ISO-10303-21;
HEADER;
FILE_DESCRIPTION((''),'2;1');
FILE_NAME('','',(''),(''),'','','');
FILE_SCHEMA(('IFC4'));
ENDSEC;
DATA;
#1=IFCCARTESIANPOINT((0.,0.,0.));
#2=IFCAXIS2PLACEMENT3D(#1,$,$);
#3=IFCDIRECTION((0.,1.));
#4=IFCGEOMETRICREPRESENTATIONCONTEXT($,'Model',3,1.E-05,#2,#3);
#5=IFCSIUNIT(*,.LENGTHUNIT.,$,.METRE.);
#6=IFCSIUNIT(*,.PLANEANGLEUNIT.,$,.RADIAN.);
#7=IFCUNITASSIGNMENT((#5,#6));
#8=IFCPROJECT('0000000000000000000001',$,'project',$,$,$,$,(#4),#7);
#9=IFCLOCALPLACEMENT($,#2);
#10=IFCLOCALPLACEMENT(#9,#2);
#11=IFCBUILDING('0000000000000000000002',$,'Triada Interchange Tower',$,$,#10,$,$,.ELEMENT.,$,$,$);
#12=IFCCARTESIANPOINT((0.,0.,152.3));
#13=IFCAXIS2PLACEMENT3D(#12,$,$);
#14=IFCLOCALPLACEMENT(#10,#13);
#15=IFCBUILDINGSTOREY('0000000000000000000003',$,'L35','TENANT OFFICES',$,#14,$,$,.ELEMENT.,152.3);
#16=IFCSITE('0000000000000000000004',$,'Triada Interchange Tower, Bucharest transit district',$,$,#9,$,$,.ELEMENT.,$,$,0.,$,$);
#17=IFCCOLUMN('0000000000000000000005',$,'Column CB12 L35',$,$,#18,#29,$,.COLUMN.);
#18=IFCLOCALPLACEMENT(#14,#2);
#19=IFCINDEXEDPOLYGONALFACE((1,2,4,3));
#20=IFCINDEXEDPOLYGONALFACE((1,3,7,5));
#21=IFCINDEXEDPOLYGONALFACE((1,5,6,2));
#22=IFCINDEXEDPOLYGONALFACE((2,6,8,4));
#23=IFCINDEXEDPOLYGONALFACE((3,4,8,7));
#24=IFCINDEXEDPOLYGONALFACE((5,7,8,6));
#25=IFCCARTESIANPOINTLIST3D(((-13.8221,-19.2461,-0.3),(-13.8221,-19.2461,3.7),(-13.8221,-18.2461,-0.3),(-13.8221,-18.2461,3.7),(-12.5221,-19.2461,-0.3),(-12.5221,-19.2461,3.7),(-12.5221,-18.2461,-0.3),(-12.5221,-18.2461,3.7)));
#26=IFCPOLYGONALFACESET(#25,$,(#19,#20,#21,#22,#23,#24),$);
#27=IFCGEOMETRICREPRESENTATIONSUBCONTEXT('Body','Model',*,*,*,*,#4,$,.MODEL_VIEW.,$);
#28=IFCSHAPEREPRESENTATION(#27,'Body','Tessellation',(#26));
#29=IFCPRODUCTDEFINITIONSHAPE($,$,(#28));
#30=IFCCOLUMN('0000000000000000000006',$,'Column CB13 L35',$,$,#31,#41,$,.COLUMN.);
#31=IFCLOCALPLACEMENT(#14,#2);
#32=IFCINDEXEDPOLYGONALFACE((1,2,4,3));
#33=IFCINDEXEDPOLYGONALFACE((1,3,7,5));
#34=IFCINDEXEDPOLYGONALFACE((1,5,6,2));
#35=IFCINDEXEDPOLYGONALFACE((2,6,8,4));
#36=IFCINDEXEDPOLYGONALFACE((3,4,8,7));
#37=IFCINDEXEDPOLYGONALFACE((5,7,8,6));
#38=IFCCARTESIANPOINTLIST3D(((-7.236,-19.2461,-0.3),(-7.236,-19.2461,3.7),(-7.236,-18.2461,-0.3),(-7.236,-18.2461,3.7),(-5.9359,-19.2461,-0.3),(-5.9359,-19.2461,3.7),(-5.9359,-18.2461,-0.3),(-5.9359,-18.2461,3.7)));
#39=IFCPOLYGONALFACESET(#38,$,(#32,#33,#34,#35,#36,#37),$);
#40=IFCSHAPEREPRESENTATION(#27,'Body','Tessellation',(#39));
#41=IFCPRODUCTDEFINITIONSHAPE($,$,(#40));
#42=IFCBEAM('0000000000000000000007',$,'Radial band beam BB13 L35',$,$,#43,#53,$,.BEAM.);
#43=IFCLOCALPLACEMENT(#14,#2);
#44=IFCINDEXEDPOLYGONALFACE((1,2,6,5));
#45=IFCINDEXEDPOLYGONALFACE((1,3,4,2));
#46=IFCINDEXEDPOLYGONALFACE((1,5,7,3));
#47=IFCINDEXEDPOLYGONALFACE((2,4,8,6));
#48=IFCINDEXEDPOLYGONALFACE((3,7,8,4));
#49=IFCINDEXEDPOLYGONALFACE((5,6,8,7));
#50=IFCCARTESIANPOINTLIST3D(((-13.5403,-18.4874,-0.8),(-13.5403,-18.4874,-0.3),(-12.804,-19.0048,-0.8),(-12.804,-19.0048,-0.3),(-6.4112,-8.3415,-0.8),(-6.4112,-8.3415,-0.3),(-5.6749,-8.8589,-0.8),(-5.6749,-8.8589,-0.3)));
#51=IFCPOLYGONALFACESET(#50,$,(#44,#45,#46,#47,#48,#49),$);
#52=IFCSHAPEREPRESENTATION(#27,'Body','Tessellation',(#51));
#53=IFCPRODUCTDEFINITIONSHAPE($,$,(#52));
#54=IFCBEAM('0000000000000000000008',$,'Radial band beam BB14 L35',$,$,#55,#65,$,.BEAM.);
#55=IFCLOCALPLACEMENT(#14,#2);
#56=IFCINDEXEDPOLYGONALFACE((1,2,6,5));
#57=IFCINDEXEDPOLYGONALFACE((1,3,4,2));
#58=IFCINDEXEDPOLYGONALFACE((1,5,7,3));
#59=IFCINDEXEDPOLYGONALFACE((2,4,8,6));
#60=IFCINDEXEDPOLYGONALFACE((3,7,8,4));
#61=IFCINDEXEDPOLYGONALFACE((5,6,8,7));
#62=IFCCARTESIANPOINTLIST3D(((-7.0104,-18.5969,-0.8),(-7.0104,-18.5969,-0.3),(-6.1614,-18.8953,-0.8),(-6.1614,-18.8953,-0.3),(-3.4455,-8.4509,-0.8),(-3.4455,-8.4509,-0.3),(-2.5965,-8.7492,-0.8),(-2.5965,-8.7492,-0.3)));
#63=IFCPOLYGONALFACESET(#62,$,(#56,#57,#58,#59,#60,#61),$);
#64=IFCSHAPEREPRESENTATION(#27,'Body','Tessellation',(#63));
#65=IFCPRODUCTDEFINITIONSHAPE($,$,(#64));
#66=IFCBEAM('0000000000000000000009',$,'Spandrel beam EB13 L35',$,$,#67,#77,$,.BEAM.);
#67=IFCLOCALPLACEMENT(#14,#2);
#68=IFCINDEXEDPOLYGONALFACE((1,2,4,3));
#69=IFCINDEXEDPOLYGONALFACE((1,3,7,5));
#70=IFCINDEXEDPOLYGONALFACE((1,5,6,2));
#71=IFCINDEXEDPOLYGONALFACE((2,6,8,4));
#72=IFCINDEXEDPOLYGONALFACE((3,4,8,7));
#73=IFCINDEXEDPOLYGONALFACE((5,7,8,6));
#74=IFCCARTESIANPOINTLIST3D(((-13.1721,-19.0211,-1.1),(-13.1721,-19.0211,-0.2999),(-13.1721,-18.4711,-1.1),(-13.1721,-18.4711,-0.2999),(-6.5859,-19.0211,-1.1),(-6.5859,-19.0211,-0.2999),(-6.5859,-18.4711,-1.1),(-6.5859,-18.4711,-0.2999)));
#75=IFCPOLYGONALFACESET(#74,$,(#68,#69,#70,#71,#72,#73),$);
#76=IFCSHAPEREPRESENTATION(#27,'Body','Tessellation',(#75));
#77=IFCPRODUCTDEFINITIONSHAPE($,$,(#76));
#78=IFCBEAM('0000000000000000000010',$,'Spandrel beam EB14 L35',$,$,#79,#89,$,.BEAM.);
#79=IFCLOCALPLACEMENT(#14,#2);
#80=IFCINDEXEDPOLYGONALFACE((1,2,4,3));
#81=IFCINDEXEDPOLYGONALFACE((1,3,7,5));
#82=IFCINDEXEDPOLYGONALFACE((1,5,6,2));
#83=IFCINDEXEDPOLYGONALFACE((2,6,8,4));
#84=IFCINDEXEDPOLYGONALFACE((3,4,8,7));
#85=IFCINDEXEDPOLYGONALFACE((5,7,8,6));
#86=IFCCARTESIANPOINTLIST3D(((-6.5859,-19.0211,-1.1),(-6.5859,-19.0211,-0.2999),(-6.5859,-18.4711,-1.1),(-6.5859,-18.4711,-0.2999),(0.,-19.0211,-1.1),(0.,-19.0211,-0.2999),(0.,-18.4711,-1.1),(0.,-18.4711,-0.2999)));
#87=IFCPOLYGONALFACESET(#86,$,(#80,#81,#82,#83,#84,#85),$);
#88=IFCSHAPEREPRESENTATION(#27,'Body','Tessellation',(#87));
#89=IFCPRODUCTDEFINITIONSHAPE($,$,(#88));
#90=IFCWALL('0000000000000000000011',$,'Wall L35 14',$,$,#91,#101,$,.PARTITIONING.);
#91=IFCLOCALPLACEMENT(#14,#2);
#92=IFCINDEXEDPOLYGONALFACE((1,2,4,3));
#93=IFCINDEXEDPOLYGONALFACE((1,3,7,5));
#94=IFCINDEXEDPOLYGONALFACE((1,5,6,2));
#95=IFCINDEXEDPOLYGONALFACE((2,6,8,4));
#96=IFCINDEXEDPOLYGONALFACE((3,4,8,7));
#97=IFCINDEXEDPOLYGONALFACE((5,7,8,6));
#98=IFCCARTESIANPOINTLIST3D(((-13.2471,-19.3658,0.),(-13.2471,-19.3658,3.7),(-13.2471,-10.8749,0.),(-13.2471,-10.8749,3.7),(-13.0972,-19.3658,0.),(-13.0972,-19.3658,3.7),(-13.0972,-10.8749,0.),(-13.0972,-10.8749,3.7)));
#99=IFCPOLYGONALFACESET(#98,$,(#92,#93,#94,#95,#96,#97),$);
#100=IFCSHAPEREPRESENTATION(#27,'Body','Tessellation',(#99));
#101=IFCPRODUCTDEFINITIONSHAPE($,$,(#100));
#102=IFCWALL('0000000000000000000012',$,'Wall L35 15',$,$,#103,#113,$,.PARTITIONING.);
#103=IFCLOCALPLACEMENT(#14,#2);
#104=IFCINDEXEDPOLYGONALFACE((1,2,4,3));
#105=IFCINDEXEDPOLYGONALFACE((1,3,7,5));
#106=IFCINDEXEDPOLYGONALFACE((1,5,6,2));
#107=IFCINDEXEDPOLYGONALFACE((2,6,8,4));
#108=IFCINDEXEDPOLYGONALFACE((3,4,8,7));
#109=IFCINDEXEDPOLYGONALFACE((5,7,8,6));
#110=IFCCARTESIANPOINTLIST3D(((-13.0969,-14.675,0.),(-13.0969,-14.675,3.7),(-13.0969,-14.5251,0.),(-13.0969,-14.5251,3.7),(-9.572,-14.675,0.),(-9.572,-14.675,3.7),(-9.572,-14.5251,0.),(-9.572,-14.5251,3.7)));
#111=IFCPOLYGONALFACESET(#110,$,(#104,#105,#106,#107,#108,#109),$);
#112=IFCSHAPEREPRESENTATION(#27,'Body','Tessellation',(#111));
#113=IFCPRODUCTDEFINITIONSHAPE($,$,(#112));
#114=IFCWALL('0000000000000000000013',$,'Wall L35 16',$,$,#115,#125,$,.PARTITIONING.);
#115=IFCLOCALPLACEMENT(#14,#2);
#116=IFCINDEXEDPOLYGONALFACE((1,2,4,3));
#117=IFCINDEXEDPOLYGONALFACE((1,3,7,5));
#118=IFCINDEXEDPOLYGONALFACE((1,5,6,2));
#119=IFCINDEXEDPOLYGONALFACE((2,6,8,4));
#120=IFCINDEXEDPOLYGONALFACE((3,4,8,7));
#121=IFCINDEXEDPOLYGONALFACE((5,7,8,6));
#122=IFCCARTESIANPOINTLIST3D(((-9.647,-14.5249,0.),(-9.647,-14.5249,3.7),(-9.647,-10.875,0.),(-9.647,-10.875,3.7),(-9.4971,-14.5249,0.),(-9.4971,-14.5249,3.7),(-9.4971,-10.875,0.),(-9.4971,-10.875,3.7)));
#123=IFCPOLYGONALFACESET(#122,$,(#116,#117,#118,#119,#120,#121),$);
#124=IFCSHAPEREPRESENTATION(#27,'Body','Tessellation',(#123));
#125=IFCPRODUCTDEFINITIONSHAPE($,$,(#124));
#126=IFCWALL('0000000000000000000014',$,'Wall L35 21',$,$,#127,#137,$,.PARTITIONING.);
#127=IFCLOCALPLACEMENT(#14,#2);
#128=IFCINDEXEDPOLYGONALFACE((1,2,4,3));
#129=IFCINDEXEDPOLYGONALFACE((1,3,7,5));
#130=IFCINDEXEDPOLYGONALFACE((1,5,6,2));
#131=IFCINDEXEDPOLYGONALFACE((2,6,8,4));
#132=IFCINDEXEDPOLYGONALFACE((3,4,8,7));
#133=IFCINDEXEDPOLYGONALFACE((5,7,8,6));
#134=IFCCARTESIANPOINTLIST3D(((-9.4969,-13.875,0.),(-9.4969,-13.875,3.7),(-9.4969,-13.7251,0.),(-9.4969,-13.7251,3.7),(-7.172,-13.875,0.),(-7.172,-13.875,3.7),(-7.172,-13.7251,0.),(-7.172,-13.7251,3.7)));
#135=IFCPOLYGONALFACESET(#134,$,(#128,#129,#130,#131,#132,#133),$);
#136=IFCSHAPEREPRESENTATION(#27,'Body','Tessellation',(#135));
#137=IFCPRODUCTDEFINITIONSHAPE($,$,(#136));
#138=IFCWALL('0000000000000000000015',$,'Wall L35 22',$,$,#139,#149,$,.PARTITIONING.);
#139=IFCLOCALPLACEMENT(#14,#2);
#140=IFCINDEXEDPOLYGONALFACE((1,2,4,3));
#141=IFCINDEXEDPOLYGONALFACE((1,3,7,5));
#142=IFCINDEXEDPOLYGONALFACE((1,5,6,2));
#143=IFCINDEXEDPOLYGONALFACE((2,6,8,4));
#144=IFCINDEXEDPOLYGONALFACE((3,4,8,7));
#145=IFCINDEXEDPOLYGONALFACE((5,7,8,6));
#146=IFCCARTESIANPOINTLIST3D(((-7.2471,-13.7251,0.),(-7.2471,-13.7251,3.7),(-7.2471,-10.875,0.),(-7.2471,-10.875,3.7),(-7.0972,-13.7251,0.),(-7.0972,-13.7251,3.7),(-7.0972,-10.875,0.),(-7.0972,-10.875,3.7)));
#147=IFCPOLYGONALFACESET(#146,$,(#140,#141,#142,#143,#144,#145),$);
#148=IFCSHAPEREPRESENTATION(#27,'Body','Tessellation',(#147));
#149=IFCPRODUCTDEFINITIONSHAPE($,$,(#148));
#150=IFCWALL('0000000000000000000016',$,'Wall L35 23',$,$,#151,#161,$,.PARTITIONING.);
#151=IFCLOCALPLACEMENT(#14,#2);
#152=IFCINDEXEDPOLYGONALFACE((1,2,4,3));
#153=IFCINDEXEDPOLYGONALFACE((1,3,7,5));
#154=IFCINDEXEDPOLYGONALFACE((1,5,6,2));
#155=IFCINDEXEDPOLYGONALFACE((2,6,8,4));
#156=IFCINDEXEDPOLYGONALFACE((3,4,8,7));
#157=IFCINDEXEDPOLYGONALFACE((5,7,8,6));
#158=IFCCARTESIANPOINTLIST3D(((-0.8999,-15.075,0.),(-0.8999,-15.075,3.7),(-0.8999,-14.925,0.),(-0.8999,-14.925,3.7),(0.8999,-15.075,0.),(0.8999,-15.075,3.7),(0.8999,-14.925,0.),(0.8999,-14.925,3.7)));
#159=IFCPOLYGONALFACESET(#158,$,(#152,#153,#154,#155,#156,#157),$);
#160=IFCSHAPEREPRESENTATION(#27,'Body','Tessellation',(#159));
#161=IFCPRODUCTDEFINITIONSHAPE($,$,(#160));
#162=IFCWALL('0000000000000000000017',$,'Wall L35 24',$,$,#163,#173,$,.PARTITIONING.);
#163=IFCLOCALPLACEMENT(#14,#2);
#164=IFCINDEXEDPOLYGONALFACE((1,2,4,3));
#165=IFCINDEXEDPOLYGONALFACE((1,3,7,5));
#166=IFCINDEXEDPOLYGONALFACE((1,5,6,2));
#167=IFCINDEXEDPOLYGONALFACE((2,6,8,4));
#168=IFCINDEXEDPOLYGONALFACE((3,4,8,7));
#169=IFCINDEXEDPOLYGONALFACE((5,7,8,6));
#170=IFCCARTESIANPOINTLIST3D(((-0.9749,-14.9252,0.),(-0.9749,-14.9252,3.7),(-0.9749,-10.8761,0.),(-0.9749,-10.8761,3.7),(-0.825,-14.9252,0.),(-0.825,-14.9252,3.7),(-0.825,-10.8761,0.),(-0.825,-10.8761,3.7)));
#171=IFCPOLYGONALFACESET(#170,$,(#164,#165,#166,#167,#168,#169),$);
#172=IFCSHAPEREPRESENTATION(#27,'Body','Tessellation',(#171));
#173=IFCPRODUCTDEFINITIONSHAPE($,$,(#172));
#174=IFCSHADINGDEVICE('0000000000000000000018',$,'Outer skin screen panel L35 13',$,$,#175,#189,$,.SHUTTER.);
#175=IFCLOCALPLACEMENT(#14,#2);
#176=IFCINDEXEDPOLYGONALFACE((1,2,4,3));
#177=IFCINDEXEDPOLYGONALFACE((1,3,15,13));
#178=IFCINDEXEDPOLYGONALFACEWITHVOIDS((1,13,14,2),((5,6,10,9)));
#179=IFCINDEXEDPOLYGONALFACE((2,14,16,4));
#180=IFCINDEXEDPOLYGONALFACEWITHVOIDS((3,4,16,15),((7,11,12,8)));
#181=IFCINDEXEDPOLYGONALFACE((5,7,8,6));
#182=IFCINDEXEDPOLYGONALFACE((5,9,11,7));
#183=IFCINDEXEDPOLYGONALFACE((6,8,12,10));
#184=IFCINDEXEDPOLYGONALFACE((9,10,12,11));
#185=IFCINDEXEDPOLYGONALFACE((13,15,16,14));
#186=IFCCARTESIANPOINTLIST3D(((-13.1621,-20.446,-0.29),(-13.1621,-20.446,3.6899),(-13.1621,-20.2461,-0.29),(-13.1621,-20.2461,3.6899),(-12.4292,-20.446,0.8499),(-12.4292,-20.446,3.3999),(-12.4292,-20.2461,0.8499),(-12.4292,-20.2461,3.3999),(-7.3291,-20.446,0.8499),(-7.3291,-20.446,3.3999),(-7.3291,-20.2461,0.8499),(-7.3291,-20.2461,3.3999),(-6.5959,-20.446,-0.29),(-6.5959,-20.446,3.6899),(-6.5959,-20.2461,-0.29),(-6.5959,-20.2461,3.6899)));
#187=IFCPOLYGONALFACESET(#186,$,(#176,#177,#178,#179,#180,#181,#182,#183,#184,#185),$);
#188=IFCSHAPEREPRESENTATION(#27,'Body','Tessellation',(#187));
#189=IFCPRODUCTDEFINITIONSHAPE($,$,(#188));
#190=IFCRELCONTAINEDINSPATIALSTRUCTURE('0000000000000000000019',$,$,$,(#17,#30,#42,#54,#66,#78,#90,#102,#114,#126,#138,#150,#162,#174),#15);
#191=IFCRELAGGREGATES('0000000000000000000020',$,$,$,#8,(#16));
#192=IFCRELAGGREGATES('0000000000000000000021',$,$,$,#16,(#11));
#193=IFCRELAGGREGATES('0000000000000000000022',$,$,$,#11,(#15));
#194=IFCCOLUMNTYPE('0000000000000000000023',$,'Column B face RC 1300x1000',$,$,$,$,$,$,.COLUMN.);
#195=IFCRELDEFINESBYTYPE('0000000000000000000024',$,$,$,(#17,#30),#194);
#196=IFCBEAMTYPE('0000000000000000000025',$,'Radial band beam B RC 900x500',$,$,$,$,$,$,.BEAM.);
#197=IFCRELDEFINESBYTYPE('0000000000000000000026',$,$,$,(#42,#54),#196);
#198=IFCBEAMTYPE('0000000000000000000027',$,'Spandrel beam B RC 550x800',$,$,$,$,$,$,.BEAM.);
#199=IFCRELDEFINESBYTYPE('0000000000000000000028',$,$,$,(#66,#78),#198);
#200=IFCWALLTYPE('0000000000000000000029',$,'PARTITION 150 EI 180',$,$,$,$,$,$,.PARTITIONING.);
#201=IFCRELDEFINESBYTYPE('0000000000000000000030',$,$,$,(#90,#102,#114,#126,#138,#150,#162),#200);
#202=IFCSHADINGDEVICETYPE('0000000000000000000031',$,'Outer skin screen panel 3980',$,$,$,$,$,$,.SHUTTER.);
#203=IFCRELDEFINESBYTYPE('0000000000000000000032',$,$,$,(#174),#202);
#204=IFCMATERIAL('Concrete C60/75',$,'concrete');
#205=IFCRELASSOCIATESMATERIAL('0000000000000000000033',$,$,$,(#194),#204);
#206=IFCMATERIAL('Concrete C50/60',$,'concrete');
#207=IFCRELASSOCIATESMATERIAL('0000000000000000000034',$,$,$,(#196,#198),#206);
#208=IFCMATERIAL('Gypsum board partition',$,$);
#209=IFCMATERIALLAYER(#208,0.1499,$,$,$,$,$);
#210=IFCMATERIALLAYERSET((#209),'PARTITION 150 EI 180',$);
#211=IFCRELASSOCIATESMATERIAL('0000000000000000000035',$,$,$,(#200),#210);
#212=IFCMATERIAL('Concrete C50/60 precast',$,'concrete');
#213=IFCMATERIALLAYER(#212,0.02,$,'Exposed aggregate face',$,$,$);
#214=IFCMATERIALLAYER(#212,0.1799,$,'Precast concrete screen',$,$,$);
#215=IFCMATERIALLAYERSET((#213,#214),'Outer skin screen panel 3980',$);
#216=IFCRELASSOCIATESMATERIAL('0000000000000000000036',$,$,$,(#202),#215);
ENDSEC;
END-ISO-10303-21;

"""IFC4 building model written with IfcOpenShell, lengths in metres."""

from ifc_helpers import new_model, si_unit, direction, frame, frame_2d, origin, origin_2d, place, context, subcontext, project, spatial, polyline, rectangle, outline, extrude, material, layer, layer_set, material_profile, profile_set, type_object, element, save


model = new_model("IFC4")

# Units and contexts
model_context = context("Model", 3, precision=1e-05, world=origin(), true_north=direction((0.0, 1.0)))
body_context = subcontext(model_context, "Body", "Model", "MODEL_VIEW")
ifc_project = project(units=[si_unit("LENGTHUNIT", "METRE"), si_unit("PLANEANGLEUNIT", "RADIAN")], contexts=[model_context])

# Site, building, storey
site_placement = place(None, origin())
site = spatial("IfcSite", under=ifc_project, at=site_placement, Name="Triada Interchange Tower, Bucharest transit district", CompositionType="ELEMENT", RefElevation=0.0)
building_placement = place(site_placement, origin())
building = spatial("IfcBuilding", under=site, at=building_placement, Name="Triada Interchange Tower", CompositionType="ELEMENT")
storey_placement = place(building_placement, frame((0.0, 0.0, 152.3)))
storey = spatial("IfcBuildingStorey", under=building, at=storey_placement, Name="L35", Description="TENANT OFFICES", CompositionType="ELEMENT", Elevation=152.3)

# Columns
ifc_material_1 = material(Name="Concrete C60/75", Category="concrete")
ifc_material_profile_1 = material_profile(ifc_material_1, rectangle(XDim=1.3, YDim=1.0, at=origin_2d()), Name="RC 1300x1000")
ifc_profile_set_1 = profile_set([ifc_material_profile_1], Name="Concrete C60/75")
column_type = type_object("IfcColumnType", Name="Column B face RC 1300x1000", PredefinedType="COLUMN", material=ifc_profile_set_1)
for number, where, z_axis, x_axis, name in (
    (1, (-13.1721, -18.7461, -0.3), (0.0, 0.0, 1.0), (1.0, 0.0, 0.0), "Column CB12 L35"),
    (2, (-6.5859, -18.7461, -0.3), (0.0, 0.0, 1.0), (1.0, 0.0, 0.0), "Column CB13 L35"),
):
    element("IfcColumn", number, at=place(storey_placement, frame(where, z_axis=z_axis, x_axis=x_axis)), inside=storey, type_object=column_type, Name=name, PredefinedType="COLUMN", context=body_context, shape_type="SweptSolid", body=[
        extrude(rectangle(XDim=1.3, YDim=1.0, at=origin_2d()), origin(), (0.0, 0.0, 1.0), 4.0),
    ])

# Beams
ifc_material_2 = material(Name="Concrete C50/60", Category="concrete")
ifc_material_profile_2 = material_profile(ifc_material_2, rectangle(XDim=0.8999, YDim=0.5, at=origin_2d()), Name="RC 900x500")
ifc_profile_set_2 = profile_set([ifc_material_profile_2], Name="Concrete C50/60")
beam_type_1 = type_object("IfcBeamType", Name="Radial band beam B RC 900x500", PredefinedType="BEAM", material=ifc_profile_set_2)
beam_1_placement = place(storey_placement, frame((-13.1721, -18.7461, -0.55), z_axis=(0.57492, 0.818209, 0.0), x_axis=(-0.818209, 0.57492, 0.0)))
element("IfcBeam", 3, at=beam_1_placement, inside=storey, type_object=beam_type_1, Name="Radial band beam BB13 L35", PredefinedType="BEAM", context=body_context, shape_type="SweptSolid", body=[
    extrude(rectangle(XDim=0.8999, YDim=0.5, at=origin_2d()), origin(), (0.0, 0.0, 1.0), 12.4001),
])
beam_2_placement = place(storey_placement, frame((-6.5859, -18.7461, -0.55), z_axis=(0.331497, 0.943456, 0.0), x_axis=(-0.943456, 0.331497, 0.0)))
element("IfcBeam", 4, at=beam_2_placement, inside=storey, type_object=beam_type_1, Name="Radial band beam BB14 L35", PredefinedType="BEAM", context=body_context, shape_type="SweptSolid", body=[
    extrude(rectangle(XDim=0.8999, YDim=0.5, at=origin_2d()), origin(), (0.0, 0.0, 1.0), 10.7542),
])
ifc_material_profile_3 = material_profile(ifc_material_2, rectangle(XDim=0.55, YDim=0.8, at=origin_2d()), Name="RC 550x800")
ifc_profile_set_3 = profile_set([ifc_material_profile_3], Name="Concrete C50/60")
beam_type_2 = type_object("IfcBeamType", Name="Spandrel beam B RC 550x800", PredefinedType="BEAM", material=ifc_profile_set_3)
beam_3_placement = place(storey_placement, frame((-13.1721, -18.7461, -0.7), z_axis=(1.0, 0.0, 0.0), x_axis=(0.0, 1.0, 0.0)))
element("IfcBeam", 5, at=beam_3_placement, inside=storey, type_object=beam_type_2, Name="Spandrel beam EB13 L35", PredefinedType="BEAM", context=body_context, shape_type="SweptSolid", body=[
    extrude(rectangle(XDim=0.55, YDim=0.8, at=origin_2d()), origin(), (0.0, 0.0, 1.0), 6.5862),
])
beam_4_placement = place(storey_placement, frame((-6.5859, -18.7461, -0.7), z_axis=(1.0, 0.0, 0.0), x_axis=(0.0, 1.0, 0.0)))
element("IfcBeam", 6, at=beam_4_placement, inside=storey, type_object=beam_type_2, Name="Spandrel beam EB14 L35", PredefinedType="BEAM", context=body_context, shape_type="SweptSolid", body=[
    extrude(rectangle(XDim=0.55, YDim=0.8, at=origin_2d()), origin(), (0.0, 0.0, 1.0), 6.5859),
])

# Walls
ifc_material_3 = material(Name="Gypsum board partition")
ifc_layer_1 = layer(ifc_material_3, 0.1499)
ifc_layer_set_1 = layer_set([ifc_layer_1], Name="PARTITION 150 EI 180")
wall_type = type_object("IfcWallType", Name="PARTITION 150 EI 180", PredefinedType="PARTITIONING", material=ifc_layer_set_1)
wall_1_placement = place(storey_placement, frame((-13.1721, -19.366, 0.0), z_axis=(0.0, 0.0, 1.0), x_axis=(0.0, 1.0, 0.0)))
element("IfcWall", 7, at=wall_1_placement, inside=storey, type_object=wall_type, Name="Wall L35 14", PredefinedType="PARTITIONING", context=body_context, shape_type="SweptSolid", body=[
    extrude(rectangle(XDim=8.491, YDim=0.1499, at=frame_2d((4.2456, 0.0))), origin(), (0.0, 0.0, 1.0), 3.7),
])
wall_2_placement = place(storey_placement, frame((-13.0969, -14.6001, 0.0), z_axis=(0.0, 0.0, 1.0), x_axis=(1.0, 0.0, 0.0)))
element("IfcWall", 8, at=wall_2_placement, inside=storey, type_object=wall_type, Name="Wall L35 15", PredefinedType="PARTITIONING", context=body_context, shape_type="SweptSolid", body=[
    extrude(rectangle(XDim=3.5249, YDim=0.1499, at=frame_2d((1.7625, 0.0))), origin(), (0.0, 0.0, 1.0), 3.7),
])
wall_3_placement = place(storey_placement, frame((-9.572, -14.5249, 0.0), z_axis=(0.0, 0.0, 1.0), x_axis=(0.0, 1.0, 0.0)))
element("IfcWall", 9, at=wall_3_placement, inside=storey, type_object=wall_type, Name="Wall L35 16", PredefinedType="PARTITIONING", context=body_context, shape_type="SweptSolid", body=[
    extrude(rectangle(XDim=3.6499, YDim=0.1499, at=frame_2d((1.825, 0.0))), origin(), (0.0, 0.0, 1.0), 3.7),
])
wall_4_placement = place(storey_placement, frame((-9.4971, -13.8, 0.0), z_axis=(0.0, 0.0, 1.0), x_axis=(1.0, 0.0, 0.0)))
element("IfcWall", 10, at=wall_4_placement, inside=storey, type_object=wall_type, Name="Wall L35 21", PredefinedType="PARTITIONING", context=body_context, shape_type="SweptSolid", body=[
    extrude(rectangle(XDim=2.325, YDim=0.1499, at=frame_2d((1.1626, 0.0))), origin(), (0.0, 0.0, 1.0), 3.7),
])
wall_5_placement = place(storey_placement, frame((-7.1721, -13.7251, 0.0), z_axis=(0.0, 0.0, 1.0), x_axis=(0.0, 1.0, 0.0)))
element("IfcWall", 11, at=wall_5_placement, inside=storey, type_object=wall_type, Name="Wall L35 22", PredefinedType="PARTITIONING", context=body_context, shape_type="SweptSolid", body=[
    extrude(rectangle(XDim=2.8501, YDim=0.1499, at=frame_2d((1.425, 0.0))), origin(), (0.0, 0.0, 1.0), 3.7),
])
wall_6_placement = place(storey_placement, frame((-0.8999, -15.0, 0.0), z_axis=(0.0, 0.0, 1.0), x_axis=(1.0, 0.0, 0.0)))
element("IfcWall", 12, at=wall_6_placement, inside=storey, type_object=wall_type, Name="Wall L35 23", PredefinedType="PARTITIONING", context=body_context, shape_type="SweptSolid", body=[
    extrude(rectangle(XDim=1.7998, YDim=0.1499, at=frame_2d((0.8999, 0.0))), origin(), (0.0, 0.0, 1.0), 3.7),
])
wall_7_placement = place(storey_placement, frame((-0.8999, -14.925, 0.0), z_axis=(0.0, 0.0, 1.0), x_axis=(0.0, 1.0, 0.0)))
element("IfcWall", 13, at=wall_7_placement, inside=storey, type_object=wall_type, Name="Wall L35 24", PredefinedType="PARTITIONING", context=body_context, shape_type="SweptSolid", body=[
    extrude(rectangle(XDim=4.0491, YDim=0.1499, at=frame_2d((2.0244, 0.0))), origin(), (0.0, 0.0, 1.0), 3.7),
])

# Shading device
ifc_material_4 = material(Name="Concrete C50/60 precast", Category="concrete")
ifc_layer_2 = layer(ifc_material_4, 0.02, Name="Exposed aggregate face")
ifc_layer_3 = layer(ifc_material_4, 0.1799, Name="Precast concrete screen")
ifc_layer_set_2 = layer_set([ifc_layer_2, ifc_layer_3], Name="Outer skin screen panel 3980")
shading_device_type = type_object("IfcShadingDeviceType", Name="Outer skin screen panel 3980", PredefinedType="SHUTTER", material=ifc_layer_set_2)
shading_device_1_placement = place(storey_placement, frame((-13.1621, -20.2461, -0.29), z_axis=(0.0, 0.0, 1.0), x_axis=(1.0, 0.0, 0.0)))
element("IfcShadingDevice", 14, at=shading_device_1_placement, inside=storey, type_object=shading_device_type, Name="Outer skin screen panel L35 13", PredefinedType="SHUTTER", context=body_context, shape_type="SweptSolid", body=[
    extrude(outline(polyline([(0.0, 0.0), (6.5662, 0.0), (6.5662, 3.98), (0.0, 3.98), (0.0, 0.0)]), holes=[polyline([(0.7329, 1.1399), (0.7329, 3.6899), (5.833, 3.6899), (5.833, 1.1399), (0.7329, 1.1399)])]), frame((0.0, 0.0, 0.0), z_axis=(0.0, -1.0, 0.0), x_axis=(1.0, 0.0, 0.0)), (0.0, 0.0, 1.0), 0.2),
])

save(model, "model.ifc")
